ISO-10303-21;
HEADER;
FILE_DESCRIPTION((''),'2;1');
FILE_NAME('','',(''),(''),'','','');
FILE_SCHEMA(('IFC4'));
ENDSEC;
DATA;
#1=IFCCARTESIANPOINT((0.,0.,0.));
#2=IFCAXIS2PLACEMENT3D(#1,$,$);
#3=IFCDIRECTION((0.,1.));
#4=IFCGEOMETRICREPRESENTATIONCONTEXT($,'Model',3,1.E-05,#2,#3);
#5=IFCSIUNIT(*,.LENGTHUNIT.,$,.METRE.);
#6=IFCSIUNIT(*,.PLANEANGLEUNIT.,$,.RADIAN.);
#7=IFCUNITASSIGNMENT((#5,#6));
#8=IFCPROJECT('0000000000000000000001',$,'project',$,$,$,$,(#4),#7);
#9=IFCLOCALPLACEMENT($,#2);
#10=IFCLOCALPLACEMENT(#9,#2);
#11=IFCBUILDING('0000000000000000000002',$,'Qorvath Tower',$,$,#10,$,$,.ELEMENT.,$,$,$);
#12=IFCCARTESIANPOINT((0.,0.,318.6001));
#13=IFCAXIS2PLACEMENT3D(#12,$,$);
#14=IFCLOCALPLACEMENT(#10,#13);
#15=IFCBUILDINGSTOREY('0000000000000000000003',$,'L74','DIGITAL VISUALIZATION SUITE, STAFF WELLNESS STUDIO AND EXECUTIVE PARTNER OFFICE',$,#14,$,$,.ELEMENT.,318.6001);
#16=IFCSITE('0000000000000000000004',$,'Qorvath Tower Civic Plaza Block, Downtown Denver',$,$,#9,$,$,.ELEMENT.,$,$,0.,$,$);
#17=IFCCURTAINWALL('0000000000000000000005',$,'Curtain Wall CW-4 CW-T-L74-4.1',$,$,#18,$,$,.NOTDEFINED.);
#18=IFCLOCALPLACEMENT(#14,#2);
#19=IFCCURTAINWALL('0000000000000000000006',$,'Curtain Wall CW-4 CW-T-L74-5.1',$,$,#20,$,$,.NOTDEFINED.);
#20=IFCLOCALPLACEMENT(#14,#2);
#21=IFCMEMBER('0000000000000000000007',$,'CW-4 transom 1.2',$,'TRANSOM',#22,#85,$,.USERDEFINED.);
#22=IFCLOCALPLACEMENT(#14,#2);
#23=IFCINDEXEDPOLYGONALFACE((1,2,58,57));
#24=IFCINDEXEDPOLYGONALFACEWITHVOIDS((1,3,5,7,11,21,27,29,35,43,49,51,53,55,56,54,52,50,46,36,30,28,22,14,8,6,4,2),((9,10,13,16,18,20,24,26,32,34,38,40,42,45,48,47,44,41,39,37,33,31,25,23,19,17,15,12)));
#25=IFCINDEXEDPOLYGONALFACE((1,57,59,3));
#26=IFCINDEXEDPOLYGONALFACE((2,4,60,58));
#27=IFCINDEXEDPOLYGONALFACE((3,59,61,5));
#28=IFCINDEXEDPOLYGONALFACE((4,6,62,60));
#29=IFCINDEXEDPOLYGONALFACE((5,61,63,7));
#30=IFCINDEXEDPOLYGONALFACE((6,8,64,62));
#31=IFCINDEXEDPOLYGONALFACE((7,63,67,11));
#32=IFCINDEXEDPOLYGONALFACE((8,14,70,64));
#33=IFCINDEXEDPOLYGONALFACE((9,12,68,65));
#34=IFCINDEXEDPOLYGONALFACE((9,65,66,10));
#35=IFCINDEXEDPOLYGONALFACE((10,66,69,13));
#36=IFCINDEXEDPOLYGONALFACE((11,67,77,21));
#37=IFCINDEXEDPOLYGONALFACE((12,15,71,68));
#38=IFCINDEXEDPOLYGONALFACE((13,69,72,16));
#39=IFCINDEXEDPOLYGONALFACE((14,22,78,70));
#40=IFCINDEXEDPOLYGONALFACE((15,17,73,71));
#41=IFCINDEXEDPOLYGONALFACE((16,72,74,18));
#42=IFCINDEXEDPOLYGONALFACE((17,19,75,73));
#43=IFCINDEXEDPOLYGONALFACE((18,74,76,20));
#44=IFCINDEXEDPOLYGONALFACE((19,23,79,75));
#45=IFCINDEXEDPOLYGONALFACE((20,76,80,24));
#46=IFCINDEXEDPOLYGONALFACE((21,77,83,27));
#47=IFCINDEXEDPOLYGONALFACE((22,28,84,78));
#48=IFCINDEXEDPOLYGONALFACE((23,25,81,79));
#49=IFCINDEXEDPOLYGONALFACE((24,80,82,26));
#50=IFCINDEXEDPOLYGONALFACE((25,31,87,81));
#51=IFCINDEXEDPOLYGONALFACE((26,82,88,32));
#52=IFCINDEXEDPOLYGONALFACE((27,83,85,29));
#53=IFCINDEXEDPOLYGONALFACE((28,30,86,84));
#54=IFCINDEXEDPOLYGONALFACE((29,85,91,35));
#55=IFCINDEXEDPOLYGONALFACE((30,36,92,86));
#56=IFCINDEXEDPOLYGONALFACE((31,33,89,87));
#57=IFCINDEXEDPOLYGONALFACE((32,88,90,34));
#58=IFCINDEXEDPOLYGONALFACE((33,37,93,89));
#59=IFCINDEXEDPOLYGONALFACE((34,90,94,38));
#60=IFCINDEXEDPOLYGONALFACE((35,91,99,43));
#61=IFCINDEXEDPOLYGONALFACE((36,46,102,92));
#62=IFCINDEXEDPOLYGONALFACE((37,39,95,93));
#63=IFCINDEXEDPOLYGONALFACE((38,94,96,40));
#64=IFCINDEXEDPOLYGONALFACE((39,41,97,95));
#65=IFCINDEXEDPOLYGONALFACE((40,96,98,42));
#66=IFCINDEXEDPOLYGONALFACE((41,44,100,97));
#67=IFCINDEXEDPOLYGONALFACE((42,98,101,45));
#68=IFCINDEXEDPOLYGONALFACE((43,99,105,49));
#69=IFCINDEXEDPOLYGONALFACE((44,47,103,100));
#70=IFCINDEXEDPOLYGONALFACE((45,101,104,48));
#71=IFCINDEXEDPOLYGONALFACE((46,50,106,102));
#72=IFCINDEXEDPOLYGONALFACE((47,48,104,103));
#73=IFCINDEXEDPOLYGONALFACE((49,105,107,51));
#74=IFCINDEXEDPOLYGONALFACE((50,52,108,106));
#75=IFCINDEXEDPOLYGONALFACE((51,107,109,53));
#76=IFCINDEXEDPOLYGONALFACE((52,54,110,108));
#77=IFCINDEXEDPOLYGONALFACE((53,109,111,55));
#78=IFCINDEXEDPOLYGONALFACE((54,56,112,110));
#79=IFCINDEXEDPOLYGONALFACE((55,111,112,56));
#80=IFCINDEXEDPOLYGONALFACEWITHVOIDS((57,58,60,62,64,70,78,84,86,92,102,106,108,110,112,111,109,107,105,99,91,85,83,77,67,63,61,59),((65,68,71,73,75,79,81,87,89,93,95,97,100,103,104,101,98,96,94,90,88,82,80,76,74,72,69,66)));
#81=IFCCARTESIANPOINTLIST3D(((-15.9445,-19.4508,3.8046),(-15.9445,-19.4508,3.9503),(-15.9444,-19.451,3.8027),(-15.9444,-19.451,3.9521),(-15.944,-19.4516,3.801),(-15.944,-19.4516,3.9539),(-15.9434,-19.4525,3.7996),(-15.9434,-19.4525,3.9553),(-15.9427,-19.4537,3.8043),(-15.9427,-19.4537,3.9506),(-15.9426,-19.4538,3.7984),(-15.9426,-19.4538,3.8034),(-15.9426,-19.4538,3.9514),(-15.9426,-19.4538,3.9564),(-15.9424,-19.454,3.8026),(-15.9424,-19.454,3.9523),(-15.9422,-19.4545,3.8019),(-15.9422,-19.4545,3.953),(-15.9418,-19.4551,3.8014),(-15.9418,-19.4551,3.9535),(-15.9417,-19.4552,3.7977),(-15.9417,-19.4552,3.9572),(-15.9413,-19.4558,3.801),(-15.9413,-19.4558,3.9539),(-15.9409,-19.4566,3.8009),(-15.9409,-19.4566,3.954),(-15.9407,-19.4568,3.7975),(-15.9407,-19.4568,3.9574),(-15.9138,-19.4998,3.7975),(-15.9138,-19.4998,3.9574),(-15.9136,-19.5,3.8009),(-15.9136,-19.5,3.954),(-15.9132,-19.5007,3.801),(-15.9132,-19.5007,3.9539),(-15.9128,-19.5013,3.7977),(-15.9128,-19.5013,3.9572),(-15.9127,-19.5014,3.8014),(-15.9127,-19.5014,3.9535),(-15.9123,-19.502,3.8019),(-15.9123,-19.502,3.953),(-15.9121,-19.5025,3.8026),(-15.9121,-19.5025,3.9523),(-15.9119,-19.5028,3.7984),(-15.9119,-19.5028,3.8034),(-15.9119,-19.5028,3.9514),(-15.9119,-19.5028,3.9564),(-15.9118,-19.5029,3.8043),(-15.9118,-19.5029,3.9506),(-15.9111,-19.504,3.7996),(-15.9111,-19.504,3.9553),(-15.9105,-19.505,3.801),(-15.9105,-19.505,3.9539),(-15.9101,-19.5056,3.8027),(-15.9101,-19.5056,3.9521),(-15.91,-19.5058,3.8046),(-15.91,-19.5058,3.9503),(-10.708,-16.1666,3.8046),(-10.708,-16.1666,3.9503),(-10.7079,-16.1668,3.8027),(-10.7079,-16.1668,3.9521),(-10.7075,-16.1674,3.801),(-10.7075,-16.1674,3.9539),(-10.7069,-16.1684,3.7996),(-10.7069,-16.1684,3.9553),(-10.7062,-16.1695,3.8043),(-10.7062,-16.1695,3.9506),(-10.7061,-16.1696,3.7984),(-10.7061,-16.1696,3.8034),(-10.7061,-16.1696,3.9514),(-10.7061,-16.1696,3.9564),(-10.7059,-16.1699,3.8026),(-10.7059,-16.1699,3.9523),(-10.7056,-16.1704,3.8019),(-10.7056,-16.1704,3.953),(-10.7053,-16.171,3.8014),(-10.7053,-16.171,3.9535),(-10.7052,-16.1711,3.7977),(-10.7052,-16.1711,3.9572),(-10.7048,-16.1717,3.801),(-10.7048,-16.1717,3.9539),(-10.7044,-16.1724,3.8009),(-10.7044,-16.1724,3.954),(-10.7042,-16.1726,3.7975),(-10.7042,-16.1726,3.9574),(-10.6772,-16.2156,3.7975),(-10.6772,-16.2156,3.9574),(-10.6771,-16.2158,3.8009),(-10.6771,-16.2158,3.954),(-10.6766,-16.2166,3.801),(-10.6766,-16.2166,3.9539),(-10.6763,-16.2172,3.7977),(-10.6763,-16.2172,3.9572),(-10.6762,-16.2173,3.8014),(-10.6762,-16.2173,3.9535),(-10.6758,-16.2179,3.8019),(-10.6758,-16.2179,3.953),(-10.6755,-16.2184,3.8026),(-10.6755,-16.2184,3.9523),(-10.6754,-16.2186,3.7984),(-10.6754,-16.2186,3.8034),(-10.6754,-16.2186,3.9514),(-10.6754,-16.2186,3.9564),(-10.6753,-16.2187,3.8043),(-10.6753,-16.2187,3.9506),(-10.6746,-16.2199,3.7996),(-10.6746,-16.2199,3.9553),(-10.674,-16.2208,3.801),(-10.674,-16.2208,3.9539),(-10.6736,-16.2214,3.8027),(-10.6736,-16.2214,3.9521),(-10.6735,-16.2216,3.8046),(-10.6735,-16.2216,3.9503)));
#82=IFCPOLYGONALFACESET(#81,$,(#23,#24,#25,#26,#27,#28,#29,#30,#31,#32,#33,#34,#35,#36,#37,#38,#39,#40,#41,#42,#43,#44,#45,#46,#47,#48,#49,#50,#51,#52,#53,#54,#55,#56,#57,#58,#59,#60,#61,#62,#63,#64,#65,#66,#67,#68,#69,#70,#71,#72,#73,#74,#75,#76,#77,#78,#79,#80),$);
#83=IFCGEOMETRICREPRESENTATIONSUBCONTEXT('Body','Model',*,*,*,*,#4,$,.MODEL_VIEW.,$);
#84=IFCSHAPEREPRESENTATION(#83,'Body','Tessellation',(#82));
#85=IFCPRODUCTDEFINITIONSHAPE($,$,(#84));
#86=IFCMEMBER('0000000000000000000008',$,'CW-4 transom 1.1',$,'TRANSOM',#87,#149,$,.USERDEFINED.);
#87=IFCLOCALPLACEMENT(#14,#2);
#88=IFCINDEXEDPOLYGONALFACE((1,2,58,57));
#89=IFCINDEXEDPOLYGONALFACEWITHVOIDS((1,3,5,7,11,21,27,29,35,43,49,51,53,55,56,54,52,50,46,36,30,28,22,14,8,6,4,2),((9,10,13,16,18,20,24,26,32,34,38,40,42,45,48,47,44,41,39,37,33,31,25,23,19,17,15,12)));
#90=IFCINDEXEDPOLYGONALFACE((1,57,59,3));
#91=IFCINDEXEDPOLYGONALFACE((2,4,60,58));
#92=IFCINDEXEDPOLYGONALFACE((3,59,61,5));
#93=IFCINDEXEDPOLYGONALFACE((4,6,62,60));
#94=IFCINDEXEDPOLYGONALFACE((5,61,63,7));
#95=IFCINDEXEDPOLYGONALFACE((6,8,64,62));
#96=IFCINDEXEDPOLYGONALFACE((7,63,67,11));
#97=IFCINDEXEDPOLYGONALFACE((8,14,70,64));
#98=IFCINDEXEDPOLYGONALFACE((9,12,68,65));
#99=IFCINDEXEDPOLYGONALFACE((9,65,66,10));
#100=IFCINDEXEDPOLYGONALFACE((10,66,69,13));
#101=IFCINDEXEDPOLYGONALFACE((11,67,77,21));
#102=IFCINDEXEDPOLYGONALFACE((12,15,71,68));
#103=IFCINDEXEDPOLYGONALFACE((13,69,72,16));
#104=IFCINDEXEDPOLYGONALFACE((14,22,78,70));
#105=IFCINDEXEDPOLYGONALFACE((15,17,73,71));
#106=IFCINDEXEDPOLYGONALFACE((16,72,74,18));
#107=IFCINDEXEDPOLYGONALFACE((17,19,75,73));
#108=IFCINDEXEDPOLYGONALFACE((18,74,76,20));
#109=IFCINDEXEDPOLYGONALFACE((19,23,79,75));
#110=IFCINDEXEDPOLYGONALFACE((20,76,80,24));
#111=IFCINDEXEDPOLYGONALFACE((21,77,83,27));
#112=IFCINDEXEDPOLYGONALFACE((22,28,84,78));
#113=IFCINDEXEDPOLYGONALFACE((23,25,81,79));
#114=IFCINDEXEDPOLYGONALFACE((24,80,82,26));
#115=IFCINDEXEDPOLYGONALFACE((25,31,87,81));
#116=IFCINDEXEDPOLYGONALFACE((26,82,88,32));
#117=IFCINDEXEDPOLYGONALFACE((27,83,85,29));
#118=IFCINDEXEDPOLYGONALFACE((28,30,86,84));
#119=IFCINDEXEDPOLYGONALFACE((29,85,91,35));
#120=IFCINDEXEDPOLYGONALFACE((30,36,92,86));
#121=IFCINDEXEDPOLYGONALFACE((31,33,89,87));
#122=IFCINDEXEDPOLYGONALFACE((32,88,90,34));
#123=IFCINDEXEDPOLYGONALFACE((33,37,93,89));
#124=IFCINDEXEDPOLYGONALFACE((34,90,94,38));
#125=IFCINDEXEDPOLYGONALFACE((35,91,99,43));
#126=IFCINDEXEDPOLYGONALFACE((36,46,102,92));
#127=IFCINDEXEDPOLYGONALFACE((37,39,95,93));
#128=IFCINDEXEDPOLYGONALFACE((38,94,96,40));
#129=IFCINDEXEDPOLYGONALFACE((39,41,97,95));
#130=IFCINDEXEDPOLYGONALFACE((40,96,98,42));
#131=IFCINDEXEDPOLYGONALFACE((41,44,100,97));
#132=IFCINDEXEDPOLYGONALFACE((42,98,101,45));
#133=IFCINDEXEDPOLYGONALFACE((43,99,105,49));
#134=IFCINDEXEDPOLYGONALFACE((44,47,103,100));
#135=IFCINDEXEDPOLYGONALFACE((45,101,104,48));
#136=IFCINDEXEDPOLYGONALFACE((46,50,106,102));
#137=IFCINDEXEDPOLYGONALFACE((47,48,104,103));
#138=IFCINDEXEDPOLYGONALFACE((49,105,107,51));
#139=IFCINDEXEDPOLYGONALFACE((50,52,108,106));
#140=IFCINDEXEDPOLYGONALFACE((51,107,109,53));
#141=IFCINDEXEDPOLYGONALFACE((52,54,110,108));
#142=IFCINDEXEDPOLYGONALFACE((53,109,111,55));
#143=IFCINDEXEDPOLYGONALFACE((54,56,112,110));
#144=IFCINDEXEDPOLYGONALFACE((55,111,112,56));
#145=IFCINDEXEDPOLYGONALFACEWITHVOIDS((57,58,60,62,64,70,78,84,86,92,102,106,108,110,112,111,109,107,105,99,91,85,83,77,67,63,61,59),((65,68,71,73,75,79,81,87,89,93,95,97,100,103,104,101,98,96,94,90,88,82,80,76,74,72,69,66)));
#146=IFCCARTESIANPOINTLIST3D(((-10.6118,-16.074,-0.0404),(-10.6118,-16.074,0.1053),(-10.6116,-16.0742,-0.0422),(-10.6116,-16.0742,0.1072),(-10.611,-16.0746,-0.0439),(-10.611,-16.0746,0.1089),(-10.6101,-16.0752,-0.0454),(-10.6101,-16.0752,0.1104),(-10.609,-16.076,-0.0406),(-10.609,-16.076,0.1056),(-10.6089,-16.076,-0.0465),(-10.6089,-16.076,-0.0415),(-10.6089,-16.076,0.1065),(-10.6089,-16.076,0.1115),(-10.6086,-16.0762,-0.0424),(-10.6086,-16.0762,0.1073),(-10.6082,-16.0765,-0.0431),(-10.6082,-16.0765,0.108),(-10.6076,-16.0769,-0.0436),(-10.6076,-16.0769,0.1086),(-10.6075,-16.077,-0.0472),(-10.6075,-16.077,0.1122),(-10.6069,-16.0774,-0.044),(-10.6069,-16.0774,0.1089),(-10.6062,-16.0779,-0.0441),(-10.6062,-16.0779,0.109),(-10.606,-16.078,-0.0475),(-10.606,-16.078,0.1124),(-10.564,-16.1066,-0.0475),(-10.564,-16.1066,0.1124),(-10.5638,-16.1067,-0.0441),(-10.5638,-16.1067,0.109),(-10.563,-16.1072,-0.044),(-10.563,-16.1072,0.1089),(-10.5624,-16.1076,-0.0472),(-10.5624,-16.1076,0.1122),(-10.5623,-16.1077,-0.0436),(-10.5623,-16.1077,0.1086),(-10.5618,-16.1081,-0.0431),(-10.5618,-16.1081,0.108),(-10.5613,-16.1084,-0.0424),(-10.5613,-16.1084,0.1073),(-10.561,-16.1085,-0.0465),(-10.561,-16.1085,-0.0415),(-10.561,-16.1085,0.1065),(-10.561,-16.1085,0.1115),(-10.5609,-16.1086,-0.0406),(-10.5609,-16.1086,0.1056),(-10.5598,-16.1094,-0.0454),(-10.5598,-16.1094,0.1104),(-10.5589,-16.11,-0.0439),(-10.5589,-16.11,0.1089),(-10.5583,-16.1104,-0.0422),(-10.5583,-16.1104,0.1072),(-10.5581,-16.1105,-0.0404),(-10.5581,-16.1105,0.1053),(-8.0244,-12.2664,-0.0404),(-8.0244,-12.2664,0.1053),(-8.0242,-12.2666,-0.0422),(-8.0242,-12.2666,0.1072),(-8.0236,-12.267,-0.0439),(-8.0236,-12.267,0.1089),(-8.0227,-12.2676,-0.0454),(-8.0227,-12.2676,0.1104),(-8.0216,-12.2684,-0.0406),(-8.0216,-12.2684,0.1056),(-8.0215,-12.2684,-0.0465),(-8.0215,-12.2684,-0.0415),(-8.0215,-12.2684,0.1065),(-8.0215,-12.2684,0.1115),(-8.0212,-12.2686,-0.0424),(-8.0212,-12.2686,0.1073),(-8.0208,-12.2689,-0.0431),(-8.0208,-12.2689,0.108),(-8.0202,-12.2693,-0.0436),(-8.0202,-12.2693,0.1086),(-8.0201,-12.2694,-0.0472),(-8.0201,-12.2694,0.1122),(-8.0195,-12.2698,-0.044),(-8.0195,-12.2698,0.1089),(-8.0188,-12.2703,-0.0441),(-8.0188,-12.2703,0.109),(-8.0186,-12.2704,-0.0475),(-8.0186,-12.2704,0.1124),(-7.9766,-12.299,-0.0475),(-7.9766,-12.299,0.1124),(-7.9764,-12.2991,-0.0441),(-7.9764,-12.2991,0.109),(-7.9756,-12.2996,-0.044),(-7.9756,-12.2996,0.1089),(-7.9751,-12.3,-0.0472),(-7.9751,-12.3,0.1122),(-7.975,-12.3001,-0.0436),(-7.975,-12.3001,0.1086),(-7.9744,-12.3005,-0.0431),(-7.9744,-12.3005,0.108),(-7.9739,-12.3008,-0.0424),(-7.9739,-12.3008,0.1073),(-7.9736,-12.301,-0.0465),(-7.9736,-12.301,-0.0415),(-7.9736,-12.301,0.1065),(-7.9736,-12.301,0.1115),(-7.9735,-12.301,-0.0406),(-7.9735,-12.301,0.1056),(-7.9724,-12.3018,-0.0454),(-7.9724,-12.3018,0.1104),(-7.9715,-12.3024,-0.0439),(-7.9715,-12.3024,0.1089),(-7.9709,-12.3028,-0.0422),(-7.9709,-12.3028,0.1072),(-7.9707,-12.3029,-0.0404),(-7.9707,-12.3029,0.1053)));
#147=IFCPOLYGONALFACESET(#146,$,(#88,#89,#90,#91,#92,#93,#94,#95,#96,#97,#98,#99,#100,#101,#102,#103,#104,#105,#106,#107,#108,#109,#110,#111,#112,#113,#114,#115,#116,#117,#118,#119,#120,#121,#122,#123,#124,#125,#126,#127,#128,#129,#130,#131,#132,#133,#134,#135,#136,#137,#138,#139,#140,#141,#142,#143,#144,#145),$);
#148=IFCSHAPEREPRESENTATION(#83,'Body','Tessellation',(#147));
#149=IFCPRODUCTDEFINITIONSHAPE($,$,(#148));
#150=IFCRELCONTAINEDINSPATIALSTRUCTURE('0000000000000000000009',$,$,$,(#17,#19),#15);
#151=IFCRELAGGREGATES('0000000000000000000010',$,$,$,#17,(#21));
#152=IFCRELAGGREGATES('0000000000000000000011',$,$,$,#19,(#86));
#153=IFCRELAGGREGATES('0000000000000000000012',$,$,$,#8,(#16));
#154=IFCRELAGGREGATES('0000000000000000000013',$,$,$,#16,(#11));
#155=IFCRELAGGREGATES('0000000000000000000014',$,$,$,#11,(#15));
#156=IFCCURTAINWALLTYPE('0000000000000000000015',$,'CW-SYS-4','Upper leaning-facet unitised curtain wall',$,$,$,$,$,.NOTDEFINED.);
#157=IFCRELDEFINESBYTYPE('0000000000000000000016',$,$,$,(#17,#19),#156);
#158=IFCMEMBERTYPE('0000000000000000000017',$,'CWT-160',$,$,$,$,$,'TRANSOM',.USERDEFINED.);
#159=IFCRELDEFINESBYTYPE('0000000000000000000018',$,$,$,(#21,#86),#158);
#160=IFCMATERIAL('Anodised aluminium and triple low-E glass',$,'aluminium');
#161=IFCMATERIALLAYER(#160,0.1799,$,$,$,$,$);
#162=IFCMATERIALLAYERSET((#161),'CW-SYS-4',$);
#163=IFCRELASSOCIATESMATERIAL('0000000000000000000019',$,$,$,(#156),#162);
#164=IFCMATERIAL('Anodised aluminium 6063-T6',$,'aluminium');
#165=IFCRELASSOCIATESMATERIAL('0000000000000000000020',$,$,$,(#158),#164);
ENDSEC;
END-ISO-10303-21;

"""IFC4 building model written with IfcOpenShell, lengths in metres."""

from ifc_helpers import new_model, si_unit, direction, frame, origin, origin_2d, place, context, subcontext, project, spatial, hollow_rectangle, extrude, material, layer, layer_set, material_profile, profile_set, type_object, element, aggregate, save


model = new_model("IFC4")

# Units and contexts
model_context = context("Model", 3, precision=1e-05, world=origin(), true_north=direction((0.0, 1.0)))
body_context = subcontext(model_context, "Body", "Model", "MODEL_VIEW")
ifc_project = project(units=[si_unit("LENGTHUNIT", "METRE"), si_unit("PLANEANGLEUNIT", "RADIAN")], contexts=[model_context])

# Site, building, storey
site_placement = place(None, origin())
site = spatial("IfcSite", under=ifc_project, at=site_placement, Name="Qorvath Tower Civic Plaza Block, Downtown Denver", CompositionType="ELEMENT", RefElevation=0.0)
building_placement = place(site_placement, origin())
building = spatial("IfcBuilding", under=site, at=building_placement, Name="Qorvath Tower", CompositionType="ELEMENT")
storey_placement = place(building_placement, frame((0.0, 0.0, 318.6001)))
storey = spatial("IfcBuildingStorey", under=building, at=storey_placement, Name="L74", Description="DIGITAL VISUALIZATION SUITE, STAFF WELLNESS STUDIO AND EXECUTIVE PARTNER OFFICE", CompositionType="ELEMENT", Elevation=318.6001)

# Shared definitions
ifc_material_1 = material(Name="Anodised aluminium and triple low-E glass", Category="aluminium")
ifc_layer_1 = layer(ifc_material_1, 0.1799)
ifc_layer_set_1 = layer_set([ifc_layer_1], Name="CW-SYS-4")
curtain_wall_type = type_object("IfcCurtainWallType", Name="CW-SYS-4", Description="Upper leaning-facet unitised curtain wall", PredefinedType="NOTDEFINED", material=ifc_layer_set_1)

# Curtain walls
curtain_wall_1_placement = place(storey_placement, origin())
curtain_wall_1 = element("IfcCurtainWall", 1, at=curtain_wall_1_placement, inside=storey, type_object=curtain_wall_type, Name="Curtain Wall CW-4 CW-T-L74-4.1", PredefinedType="NOTDEFINED")
curtain_wall_2_placement = place(storey_placement, origin())
curtain_wall_2 = element("IfcCurtainWall", 2, at=curtain_wall_2_placement, inside=storey, type_object=curtain_wall_type, Name="Curtain Wall CW-4 CW-T-L74-5.1", PredefinedType="NOTDEFINED")

# Members
ifc_material_2 = material(Name="Anodised aluminium 6063-T6", Category="aluminium")
ifc_material_profile_1 = material_profile(ifc_material_2, hollow_rectangle(XDim=0.0649, YDim=0.1599, WallThickness=0.0034, InnerFilletRadius=0.0034, OuterFilletRadius=0.0071, at=origin_2d()), Name="CWT 160x65")
ifc_profile_set_1 = profile_set([ifc_material_profile_1], Name="Anodised aluminium 6063-T6")
member_type_1 = type_object("IfcMemberType", Name="CWT-160", ElementType="TRANSOM", PredefinedType="USERDEFINED", material=ifc_profile_set_1)
member_1_placement = place(storey_placement, frame((-15.9272, -19.4783, 3.8774), z_axis=(0.847174, 0.531315, 0.0), x_axis=(-0.531315, 0.847174, 0.0)))
member_1 = element("IfcMember", 3, at=member_1_placement, type_object=member_type_1, Name="CW-4 transom 1.2", ObjectType="TRANSOM", PredefinedType="USERDEFINED", context=body_context, shape_type="SweptSolid", body=[
    extrude(hollow_rectangle(XDim=0.0649, YDim=0.1599, WallThickness=0.0034, InnerFilletRadius=0.0034, OuterFilletRadius=0.0071, at=origin_2d()), origin(), (0.0, 0.0, 1.0), 6.1812),
])
member_2_placement = place(storey_placement, frame((-10.585, -16.0923, 0.0325), z_axis=(0.562046, 0.827106, 0.0), x_axis=(-0.827106, 0.562046, 0.0)))
member_2 = element("IfcMember", 4, at=member_2_placement, type_object=member_type_1, Name="CW-4 transom 1.1", ObjectType="TRANSOM", PredefinedType="USERDEFINED", context=body_context, shape_type="SweptSolid", body=[
    extrude(hollow_rectangle(XDim=0.0649, YDim=0.1599, WallThickness=0.0034, InnerFilletRadius=0.0034, OuterFilletRadius=0.0071, at=origin_2d()), origin(), (0.0, 0.0, 1.0), 4.6035),
])

aggregate(curtain_wall_1, [member_1])
aggregate(curtain_wall_2, [member_2])

save(model, "model.ifc")
